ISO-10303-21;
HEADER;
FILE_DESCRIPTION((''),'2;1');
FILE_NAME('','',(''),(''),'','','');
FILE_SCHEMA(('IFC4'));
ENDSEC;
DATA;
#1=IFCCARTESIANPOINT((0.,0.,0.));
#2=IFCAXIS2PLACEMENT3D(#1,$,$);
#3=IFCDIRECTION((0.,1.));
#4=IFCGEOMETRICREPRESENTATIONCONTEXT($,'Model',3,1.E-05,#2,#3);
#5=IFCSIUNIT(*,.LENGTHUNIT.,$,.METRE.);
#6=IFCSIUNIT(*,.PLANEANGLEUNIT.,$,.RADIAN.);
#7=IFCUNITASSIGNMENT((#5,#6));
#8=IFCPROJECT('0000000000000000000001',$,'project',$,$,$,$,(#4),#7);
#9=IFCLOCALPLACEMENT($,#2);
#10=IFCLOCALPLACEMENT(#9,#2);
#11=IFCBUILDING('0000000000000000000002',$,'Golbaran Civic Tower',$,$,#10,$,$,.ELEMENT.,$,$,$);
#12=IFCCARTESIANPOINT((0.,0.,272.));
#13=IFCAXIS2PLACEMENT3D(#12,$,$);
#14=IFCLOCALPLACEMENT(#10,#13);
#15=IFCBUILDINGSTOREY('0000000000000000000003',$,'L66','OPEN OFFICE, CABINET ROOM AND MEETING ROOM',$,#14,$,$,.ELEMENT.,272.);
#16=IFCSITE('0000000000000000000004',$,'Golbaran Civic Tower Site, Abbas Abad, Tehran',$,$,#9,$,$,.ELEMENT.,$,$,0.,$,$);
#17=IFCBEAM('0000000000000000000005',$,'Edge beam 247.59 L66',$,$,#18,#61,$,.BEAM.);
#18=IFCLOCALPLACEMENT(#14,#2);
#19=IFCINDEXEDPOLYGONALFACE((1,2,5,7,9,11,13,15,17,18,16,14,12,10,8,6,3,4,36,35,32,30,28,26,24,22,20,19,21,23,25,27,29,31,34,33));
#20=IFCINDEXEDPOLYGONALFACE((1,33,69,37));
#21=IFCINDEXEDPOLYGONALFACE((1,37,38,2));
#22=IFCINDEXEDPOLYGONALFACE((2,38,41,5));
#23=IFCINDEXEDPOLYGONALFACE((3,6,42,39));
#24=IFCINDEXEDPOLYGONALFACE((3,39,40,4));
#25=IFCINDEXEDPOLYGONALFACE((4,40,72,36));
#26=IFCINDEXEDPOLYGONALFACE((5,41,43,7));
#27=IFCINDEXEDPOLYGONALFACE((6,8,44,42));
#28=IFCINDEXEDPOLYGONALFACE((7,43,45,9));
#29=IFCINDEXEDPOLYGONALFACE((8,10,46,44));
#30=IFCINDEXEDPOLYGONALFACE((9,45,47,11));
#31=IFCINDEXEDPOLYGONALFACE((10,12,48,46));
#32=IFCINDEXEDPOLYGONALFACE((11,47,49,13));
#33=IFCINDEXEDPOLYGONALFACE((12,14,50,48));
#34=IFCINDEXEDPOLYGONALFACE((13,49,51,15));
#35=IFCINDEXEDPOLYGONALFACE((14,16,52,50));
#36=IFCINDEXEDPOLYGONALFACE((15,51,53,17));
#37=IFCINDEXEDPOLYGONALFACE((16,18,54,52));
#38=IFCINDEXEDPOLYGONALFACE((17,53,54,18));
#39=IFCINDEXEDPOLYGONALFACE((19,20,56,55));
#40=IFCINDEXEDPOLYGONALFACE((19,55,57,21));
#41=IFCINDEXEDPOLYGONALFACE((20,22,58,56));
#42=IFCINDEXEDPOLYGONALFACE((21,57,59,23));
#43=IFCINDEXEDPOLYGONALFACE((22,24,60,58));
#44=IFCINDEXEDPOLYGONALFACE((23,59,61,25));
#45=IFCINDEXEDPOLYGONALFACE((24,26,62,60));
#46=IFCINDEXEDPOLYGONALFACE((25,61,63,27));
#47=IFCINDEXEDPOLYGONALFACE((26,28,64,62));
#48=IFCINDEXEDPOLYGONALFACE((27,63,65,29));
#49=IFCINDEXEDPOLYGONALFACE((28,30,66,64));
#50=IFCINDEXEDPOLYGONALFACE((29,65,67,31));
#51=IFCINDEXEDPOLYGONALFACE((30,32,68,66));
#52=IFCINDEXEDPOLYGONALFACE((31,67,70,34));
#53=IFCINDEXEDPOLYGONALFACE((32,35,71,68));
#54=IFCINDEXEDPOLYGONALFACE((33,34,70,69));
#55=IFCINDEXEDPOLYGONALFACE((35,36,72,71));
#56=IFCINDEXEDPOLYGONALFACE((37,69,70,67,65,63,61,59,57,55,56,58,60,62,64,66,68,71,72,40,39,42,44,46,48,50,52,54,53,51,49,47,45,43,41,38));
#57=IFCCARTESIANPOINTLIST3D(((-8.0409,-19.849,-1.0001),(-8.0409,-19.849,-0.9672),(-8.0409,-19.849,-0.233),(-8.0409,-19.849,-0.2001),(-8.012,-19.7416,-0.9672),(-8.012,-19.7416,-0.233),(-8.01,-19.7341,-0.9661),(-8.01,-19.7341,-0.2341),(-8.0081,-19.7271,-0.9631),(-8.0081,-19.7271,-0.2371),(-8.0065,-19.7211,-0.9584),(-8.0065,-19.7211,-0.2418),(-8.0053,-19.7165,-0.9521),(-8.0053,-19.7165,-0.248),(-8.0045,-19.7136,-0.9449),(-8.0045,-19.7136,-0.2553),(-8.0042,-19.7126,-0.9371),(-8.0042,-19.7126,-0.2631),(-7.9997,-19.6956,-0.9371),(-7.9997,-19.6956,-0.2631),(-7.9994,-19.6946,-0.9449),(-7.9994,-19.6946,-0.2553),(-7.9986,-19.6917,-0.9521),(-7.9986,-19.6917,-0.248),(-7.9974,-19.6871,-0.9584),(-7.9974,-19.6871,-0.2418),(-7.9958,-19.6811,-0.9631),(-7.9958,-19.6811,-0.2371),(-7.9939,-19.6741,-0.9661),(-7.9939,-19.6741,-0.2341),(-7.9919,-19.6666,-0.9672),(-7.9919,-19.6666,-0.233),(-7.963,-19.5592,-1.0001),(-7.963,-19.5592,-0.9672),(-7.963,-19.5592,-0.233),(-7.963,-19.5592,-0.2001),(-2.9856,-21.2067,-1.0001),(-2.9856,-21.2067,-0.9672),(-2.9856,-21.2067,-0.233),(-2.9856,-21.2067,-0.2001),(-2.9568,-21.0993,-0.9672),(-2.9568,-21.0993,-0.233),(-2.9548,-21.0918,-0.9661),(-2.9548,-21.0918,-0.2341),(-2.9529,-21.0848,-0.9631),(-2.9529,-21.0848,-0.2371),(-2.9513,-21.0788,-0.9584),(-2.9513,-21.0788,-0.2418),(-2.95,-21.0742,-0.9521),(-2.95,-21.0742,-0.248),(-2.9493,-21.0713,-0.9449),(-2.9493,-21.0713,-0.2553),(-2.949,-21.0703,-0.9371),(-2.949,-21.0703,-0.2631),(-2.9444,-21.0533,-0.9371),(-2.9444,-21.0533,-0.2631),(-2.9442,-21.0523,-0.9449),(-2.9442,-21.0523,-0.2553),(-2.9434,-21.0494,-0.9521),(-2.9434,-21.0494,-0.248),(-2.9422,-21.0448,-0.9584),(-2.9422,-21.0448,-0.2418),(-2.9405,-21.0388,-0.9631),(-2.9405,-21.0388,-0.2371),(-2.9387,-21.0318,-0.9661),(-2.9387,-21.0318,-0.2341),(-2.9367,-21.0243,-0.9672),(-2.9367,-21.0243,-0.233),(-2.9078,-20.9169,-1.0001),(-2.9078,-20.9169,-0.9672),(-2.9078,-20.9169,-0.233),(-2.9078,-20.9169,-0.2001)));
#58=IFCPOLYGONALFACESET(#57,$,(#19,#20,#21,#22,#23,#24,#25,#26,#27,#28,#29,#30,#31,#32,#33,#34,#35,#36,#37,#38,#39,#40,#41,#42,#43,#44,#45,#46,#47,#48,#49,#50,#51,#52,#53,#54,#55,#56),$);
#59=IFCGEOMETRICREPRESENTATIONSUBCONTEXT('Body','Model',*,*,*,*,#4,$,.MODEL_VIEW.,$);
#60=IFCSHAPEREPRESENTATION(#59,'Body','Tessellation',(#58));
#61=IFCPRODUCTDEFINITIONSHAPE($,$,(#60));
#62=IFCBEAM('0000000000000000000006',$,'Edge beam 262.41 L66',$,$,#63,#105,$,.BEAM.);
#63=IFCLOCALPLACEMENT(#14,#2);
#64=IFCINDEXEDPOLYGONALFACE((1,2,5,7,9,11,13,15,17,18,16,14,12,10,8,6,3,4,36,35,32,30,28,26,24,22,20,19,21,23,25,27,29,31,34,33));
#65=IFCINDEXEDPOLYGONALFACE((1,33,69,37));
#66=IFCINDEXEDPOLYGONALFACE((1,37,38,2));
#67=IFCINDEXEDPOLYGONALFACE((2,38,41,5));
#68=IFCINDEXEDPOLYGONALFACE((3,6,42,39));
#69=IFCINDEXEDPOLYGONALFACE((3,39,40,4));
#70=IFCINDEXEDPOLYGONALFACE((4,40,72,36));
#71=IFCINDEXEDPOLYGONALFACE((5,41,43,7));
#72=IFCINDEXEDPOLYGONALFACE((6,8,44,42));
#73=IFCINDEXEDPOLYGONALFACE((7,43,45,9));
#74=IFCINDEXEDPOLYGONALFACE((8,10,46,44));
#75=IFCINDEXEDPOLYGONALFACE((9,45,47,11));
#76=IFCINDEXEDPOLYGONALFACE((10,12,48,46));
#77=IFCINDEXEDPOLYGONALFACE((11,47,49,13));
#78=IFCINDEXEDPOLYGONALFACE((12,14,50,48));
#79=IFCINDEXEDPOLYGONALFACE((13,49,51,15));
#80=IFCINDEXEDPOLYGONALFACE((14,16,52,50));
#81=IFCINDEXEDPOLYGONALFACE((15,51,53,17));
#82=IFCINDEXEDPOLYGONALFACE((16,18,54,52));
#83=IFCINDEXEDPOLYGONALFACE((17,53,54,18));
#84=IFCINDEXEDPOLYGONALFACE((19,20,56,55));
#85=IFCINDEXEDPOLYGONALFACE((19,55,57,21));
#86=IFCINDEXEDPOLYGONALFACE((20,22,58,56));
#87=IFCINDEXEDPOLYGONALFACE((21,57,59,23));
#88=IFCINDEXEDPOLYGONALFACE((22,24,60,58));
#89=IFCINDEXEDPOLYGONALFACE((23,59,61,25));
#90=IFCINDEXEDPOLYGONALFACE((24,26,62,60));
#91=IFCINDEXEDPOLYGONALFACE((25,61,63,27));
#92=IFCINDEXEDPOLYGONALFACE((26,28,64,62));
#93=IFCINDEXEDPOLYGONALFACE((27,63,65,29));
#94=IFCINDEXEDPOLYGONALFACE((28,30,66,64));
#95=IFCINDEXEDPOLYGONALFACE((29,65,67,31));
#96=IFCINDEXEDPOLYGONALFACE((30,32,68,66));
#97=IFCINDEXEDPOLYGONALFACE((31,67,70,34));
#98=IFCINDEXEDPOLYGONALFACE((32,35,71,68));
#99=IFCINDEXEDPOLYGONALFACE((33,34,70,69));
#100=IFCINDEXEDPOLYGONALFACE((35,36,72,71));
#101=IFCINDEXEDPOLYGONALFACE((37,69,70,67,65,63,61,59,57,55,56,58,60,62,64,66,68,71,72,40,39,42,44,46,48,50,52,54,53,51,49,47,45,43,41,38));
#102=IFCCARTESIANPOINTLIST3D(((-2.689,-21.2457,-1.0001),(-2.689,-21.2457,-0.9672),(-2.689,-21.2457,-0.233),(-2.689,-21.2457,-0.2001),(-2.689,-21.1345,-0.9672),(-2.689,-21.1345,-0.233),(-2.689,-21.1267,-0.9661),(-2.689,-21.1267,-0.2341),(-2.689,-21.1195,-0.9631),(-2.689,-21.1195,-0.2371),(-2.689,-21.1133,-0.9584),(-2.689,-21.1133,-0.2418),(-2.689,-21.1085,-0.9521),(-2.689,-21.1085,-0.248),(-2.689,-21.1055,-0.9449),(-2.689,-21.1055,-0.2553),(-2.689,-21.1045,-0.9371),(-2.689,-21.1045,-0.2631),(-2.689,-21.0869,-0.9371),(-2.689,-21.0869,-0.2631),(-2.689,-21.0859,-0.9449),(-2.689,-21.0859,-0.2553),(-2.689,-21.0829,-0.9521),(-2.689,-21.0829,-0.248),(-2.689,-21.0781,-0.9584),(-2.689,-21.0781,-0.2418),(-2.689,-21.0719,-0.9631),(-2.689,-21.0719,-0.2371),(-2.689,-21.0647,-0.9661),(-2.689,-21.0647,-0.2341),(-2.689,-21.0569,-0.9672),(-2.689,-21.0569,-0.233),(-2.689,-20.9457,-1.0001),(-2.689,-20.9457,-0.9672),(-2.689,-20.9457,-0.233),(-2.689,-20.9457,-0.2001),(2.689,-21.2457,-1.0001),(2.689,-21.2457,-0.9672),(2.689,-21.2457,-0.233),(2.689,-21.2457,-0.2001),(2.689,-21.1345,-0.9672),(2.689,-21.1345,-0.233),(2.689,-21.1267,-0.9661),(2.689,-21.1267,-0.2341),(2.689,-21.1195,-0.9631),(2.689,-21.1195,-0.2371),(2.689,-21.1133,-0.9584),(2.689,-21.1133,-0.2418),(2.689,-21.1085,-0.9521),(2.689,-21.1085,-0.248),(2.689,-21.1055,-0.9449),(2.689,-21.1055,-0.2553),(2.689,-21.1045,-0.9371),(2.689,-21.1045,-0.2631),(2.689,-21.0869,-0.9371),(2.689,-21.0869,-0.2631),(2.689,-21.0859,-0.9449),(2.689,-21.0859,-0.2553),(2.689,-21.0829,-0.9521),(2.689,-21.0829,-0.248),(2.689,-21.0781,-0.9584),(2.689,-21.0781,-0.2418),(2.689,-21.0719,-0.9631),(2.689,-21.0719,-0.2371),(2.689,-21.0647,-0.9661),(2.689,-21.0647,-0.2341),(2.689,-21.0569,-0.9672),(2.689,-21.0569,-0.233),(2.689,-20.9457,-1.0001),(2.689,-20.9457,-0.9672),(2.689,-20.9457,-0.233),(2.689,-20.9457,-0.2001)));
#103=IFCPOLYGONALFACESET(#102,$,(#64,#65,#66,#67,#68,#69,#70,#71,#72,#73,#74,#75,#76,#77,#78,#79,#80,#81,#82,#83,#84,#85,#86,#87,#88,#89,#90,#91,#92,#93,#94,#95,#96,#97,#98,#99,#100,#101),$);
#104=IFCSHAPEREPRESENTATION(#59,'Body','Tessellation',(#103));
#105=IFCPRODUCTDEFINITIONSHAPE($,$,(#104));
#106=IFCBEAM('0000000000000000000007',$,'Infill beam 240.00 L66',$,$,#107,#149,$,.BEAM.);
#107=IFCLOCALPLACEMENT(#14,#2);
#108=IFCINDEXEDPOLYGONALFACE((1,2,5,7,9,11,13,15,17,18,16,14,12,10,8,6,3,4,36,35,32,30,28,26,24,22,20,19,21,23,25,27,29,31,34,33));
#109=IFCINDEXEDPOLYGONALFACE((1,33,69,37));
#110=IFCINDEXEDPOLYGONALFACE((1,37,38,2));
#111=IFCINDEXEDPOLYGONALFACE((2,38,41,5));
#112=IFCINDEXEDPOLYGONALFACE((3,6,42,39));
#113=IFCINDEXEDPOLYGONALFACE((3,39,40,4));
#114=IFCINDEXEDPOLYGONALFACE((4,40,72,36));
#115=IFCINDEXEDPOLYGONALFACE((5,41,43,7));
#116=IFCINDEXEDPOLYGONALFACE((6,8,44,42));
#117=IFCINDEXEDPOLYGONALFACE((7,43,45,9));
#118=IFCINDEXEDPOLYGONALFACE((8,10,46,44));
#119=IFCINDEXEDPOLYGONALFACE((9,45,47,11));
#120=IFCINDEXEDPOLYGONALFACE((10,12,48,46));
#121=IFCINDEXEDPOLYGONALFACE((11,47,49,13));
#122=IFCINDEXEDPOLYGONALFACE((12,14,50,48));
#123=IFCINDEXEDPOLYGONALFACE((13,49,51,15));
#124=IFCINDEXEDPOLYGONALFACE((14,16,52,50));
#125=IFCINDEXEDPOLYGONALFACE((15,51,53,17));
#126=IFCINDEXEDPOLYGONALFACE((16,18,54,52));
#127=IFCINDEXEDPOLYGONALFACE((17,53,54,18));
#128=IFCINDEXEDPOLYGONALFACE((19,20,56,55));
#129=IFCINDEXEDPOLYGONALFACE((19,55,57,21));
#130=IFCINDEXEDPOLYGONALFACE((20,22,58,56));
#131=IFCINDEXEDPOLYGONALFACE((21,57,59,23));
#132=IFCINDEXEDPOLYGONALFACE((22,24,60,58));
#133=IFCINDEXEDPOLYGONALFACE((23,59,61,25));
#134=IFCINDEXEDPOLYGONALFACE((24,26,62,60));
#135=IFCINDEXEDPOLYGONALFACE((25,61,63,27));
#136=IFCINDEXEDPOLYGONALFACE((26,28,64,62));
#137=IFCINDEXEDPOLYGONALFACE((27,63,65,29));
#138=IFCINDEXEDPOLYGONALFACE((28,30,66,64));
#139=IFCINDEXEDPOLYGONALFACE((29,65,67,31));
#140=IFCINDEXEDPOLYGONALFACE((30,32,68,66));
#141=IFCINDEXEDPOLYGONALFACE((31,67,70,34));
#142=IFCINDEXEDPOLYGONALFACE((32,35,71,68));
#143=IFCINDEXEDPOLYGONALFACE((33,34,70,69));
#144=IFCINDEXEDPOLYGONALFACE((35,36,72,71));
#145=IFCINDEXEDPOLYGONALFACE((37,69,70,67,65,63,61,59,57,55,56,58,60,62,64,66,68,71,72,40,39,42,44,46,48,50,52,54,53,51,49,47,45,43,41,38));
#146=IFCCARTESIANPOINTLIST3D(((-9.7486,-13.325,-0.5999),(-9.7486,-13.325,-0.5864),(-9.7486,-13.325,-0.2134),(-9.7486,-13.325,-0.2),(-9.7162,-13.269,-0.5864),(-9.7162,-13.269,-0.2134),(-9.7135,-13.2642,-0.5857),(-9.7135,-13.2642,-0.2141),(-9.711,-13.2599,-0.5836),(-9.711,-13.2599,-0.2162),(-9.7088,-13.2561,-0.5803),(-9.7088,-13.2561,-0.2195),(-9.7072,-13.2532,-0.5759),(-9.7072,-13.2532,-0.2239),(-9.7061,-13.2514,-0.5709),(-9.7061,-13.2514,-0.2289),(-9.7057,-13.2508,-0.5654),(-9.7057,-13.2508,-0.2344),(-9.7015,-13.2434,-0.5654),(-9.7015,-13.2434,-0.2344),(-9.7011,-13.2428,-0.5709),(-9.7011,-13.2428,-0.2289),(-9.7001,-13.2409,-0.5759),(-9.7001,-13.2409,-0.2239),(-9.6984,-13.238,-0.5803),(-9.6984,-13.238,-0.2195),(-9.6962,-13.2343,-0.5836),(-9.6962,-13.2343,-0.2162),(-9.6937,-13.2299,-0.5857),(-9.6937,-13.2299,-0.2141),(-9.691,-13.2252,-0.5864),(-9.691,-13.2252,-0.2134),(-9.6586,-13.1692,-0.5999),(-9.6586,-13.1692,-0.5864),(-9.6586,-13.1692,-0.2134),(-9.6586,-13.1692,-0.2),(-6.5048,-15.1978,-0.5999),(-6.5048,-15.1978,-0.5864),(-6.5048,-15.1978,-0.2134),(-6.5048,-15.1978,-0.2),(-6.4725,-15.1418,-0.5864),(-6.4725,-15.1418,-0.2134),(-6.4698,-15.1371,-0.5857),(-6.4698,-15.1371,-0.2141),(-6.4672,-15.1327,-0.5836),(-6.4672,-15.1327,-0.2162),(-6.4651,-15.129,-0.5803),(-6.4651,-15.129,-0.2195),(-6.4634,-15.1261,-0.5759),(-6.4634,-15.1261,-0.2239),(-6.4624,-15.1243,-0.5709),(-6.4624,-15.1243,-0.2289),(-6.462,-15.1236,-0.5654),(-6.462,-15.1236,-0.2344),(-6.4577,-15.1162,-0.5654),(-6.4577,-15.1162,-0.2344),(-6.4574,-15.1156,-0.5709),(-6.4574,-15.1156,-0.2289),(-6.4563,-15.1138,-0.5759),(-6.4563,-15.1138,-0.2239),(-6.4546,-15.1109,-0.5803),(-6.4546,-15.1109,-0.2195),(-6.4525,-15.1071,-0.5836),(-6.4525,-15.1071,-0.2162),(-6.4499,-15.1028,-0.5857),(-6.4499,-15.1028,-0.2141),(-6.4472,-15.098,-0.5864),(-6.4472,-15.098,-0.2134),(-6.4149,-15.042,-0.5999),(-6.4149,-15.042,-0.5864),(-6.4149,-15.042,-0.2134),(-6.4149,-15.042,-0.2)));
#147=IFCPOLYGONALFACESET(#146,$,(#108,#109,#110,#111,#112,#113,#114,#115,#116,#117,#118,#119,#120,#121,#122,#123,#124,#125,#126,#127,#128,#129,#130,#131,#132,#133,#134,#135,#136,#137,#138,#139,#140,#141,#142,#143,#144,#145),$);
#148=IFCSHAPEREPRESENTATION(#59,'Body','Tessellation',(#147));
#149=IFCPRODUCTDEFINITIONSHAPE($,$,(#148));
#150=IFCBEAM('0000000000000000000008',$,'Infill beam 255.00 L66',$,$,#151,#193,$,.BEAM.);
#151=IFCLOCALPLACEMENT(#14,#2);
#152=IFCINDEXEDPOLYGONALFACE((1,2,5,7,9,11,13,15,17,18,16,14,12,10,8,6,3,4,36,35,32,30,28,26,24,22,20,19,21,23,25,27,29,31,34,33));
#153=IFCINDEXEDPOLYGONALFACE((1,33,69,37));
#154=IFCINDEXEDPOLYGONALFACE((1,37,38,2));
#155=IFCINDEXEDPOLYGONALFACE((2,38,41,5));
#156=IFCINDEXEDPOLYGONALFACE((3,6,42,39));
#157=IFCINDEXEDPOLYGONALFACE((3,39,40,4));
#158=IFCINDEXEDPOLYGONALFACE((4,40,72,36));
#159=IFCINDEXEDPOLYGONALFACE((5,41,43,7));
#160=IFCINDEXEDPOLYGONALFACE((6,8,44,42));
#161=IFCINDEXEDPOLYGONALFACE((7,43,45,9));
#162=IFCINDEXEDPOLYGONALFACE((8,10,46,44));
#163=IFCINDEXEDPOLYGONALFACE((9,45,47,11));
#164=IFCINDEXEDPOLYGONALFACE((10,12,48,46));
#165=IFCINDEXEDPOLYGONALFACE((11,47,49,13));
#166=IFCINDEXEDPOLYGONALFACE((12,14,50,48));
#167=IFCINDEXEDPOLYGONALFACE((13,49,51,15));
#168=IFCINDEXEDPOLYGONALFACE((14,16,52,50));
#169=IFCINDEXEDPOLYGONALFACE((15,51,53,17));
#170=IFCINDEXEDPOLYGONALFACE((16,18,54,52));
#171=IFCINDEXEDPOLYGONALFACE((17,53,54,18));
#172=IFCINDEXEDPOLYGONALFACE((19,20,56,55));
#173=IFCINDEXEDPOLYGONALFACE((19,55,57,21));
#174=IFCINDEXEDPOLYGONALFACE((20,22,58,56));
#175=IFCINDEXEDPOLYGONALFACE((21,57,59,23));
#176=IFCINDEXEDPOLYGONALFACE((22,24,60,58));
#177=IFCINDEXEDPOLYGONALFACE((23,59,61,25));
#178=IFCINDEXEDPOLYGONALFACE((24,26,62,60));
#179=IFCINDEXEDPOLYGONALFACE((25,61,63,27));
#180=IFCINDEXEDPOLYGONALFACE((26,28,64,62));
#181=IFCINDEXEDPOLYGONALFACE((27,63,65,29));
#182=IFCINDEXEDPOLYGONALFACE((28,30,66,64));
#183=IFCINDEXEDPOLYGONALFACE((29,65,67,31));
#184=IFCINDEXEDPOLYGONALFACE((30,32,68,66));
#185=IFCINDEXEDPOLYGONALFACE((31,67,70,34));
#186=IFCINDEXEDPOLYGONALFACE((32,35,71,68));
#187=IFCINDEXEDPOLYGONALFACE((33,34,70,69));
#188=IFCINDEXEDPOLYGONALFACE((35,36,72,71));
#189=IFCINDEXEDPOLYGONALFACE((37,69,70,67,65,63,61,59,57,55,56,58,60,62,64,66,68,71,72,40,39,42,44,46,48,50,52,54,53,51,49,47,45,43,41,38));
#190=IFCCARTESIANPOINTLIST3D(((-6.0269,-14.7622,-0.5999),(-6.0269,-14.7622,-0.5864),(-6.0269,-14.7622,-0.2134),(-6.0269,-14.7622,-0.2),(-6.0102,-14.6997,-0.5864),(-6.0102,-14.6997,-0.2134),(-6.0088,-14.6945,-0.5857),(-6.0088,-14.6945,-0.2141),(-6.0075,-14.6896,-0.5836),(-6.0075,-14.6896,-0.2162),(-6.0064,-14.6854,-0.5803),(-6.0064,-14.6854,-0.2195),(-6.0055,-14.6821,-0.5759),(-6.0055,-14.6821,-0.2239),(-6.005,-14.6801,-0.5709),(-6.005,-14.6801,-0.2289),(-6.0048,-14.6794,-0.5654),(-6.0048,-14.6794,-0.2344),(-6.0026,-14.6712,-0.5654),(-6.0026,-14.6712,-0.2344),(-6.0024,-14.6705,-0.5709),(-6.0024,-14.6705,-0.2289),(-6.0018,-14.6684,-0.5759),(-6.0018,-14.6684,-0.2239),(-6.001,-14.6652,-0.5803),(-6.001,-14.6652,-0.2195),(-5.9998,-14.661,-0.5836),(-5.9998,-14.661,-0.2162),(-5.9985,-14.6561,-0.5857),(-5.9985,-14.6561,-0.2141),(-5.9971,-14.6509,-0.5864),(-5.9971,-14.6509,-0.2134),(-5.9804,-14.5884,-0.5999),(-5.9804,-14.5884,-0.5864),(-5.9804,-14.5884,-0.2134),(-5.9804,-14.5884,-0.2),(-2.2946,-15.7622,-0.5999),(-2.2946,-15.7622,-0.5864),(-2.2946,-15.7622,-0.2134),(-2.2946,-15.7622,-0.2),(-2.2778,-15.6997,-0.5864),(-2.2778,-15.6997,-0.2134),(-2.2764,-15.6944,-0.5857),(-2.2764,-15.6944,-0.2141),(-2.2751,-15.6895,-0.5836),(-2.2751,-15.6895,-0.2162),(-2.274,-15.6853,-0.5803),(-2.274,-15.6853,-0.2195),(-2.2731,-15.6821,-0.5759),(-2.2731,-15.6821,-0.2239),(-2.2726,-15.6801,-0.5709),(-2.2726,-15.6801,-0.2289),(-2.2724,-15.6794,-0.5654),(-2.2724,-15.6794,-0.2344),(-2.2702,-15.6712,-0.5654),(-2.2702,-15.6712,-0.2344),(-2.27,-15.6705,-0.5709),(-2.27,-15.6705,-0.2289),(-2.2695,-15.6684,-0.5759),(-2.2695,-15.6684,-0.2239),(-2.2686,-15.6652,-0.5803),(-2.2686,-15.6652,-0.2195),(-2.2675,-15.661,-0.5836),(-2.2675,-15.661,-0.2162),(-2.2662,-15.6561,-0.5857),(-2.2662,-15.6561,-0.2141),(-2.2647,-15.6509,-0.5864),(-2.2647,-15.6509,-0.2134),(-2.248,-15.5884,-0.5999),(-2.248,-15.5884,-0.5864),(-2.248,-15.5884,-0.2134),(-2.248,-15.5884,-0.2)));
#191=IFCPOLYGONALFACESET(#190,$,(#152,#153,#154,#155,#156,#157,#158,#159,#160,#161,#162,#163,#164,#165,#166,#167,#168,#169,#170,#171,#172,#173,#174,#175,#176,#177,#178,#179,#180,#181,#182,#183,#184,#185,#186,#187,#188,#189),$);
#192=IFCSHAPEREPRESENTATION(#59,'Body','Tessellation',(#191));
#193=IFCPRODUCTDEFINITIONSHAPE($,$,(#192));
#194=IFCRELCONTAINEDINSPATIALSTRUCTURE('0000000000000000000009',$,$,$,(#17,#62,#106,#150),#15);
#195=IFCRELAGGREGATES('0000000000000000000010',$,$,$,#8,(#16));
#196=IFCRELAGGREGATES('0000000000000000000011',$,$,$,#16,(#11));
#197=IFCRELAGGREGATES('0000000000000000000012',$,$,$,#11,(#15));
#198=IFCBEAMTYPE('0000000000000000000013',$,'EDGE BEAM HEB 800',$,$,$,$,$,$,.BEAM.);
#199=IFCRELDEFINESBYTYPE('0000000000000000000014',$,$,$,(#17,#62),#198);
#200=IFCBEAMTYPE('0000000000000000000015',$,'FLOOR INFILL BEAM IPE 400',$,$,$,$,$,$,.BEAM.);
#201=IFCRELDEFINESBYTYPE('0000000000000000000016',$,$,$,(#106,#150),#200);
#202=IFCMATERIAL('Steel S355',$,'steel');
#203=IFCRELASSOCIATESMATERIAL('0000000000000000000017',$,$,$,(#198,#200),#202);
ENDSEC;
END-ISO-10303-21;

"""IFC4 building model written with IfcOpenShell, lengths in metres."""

from ifc_helpers import new_model, si_unit, direction, frame, origin, origin_2d, place, context, subcontext, project, spatial, i_section, extrude, material, material_profile, profile_set, type_object, element, save


model = new_model("IFC4")

# Units and contexts
model_context = context("Model", 3, precision=1e-05, world=origin(), true_north=direction((0.0, 1.0)))
body_context = subcontext(model_context, "Body", "Model", "MODEL_VIEW")
ifc_project = project(units=[si_unit("LENGTHUNIT", "METRE"), si_unit("PLANEANGLEUNIT", "RADIAN")], contexts=[model_context])

# Site, building, storey
site_placement = place(None, origin())
site = spatial("IfcSite", under=ifc_project, at=site_placement, Name="Golbaran Civic Tower Site, Abbas Abad, Tehran", CompositionType="ELEMENT", RefElevation=0.0)
building_placement = place(site_placement, origin())
building = spatial("IfcBuilding", under=site, at=building_placement, Name="Golbaran Civic Tower", CompositionType="ELEMENT")
storey_placement = place(building_placement, frame((0.0, 0.0, 272.0)))
storey = spatial("IfcBuildingStorey", under=building, at=storey_placement, Name="L66", Description="OPEN OFFICE, CABINET ROOM AND MEETING ROOM", CompositionType="ELEMENT", Elevation=272.0)

# Beams
ifc_material_1 = material(Name="Steel S355", Category="steel")
ifc_material_profile_1 = material_profile(ifc_material_1, i_section(OverallWidth=0.3, OverallDepth=0.8, WebThickness=0.0176, FlangeThickness=0.033, FilletRadius=0.03, at=origin_2d()), Name="HEB 800")
ifc_profile_set_1 = profile_set([ifc_material_profile_1], Name="Steel S355")
beam_type_1 = type_object("IfcBeamType", Name="EDGE BEAM HEB 800", PredefinedType="BEAM", material=ifc_profile_set_1)
beam_1_placement = place(storey_placement, frame((-8.002, -19.7041, -0.6001), z_axis=(0.965776, -0.259378, 0.0), x_axis=(0.259378, 0.965776, 0.0)))
element("IfcBeam", 1, at=beam_1_placement, inside=storey, type_object=beam_type_1, Name="Edge beam 247.59 L66", PredefinedType="BEAM", context=body_context, shape_type="SweptSolid", body=[
    extrude(i_section(OverallWidth=0.3, OverallDepth=0.8, WebThickness=0.0176, FlangeThickness=0.033, FilletRadius=0.03, at=origin_2d()), origin(), (0.0, 0.0, 1.0), 5.2344),
])
beam_2_placement = place(storey_placement, frame((-2.689, -21.0957, -0.6001), z_axis=(1.0, 0.0, 0.0), x_axis=(0.0, 1.0, 0.0)))
element("IfcBeam", 2, at=beam_2_placement, inside=storey, type_object=beam_type_1, Name="Edge beam 262.41 L66", PredefinedType="BEAM", context=body_context, shape_type="SweptSolid", body=[
    extrude(i_section(OverallWidth=0.3, OverallDepth=0.8, WebThickness=0.0176, FlangeThickness=0.033, FilletRadius=0.03, at=origin_2d()), origin(), (0.0, 0.0, 1.0), 5.3779),
])
ifc_material_profile_2 = material_profile(ifc_material_1, i_section(OverallWidth=0.1799, OverallDepth=0.3999, WebThickness=0.0085, FlangeThickness=0.0134, FilletRadius=0.021, at=origin_2d()), Name="IPE 400")
ifc_profile_set_2 = profile_set([ifc_material_profile_2], Name="Steel S355")
beam_type_2 = type_object("IfcBeamType", Name="FLOOR INFILL BEAM IPE 400", PredefinedType="BEAM", material=ifc_profile_set_2)
beam_3_placement = place(storey_placement, frame((-9.7036, -13.2471, -0.3999), z_axis=(0.866016, -0.500016, 0.0), x_axis=(0.500016, 0.866016, 0.0)))
element("IfcBeam", 3, at=beam_3_placement, inside=storey, type_object=beam_type_2, Name="Infill beam 240.00 L66", PredefinedType="BEAM", context=body_context, shape_type="SweptSolid", body=[
    extrude(i_section(OverallWidth=0.1799, OverallDepth=0.3999, WebThickness=0.0085, FlangeThickness=0.0134, FilletRadius=0.021, at=origin_2d()), origin(), (0.0, 0.0, 1.0), 3.7456),
])
beam_4_placement = place(storey_placement, frame((-6.0037, -14.6753, -0.3999), z_axis=(0.965932, -0.258795, 0.0), x_axis=(0.258795, 0.965932, 0.0)))
element("IfcBeam", 4, at=beam_4_placement, inside=storey, type_object=beam_type_2, Name="Infill beam 255.00 L66", PredefinedType="BEAM", context=body_context, shape_type="SweptSolid", body=[
    extrude(i_section(OverallWidth=0.1799, OverallDepth=0.3999, WebThickness=0.0085, FlangeThickness=0.0134, FilletRadius=0.021, at=origin_2d()), origin(), (0.0, 0.0, 1.0), 3.864),
])

save(model, "model.ifc")
